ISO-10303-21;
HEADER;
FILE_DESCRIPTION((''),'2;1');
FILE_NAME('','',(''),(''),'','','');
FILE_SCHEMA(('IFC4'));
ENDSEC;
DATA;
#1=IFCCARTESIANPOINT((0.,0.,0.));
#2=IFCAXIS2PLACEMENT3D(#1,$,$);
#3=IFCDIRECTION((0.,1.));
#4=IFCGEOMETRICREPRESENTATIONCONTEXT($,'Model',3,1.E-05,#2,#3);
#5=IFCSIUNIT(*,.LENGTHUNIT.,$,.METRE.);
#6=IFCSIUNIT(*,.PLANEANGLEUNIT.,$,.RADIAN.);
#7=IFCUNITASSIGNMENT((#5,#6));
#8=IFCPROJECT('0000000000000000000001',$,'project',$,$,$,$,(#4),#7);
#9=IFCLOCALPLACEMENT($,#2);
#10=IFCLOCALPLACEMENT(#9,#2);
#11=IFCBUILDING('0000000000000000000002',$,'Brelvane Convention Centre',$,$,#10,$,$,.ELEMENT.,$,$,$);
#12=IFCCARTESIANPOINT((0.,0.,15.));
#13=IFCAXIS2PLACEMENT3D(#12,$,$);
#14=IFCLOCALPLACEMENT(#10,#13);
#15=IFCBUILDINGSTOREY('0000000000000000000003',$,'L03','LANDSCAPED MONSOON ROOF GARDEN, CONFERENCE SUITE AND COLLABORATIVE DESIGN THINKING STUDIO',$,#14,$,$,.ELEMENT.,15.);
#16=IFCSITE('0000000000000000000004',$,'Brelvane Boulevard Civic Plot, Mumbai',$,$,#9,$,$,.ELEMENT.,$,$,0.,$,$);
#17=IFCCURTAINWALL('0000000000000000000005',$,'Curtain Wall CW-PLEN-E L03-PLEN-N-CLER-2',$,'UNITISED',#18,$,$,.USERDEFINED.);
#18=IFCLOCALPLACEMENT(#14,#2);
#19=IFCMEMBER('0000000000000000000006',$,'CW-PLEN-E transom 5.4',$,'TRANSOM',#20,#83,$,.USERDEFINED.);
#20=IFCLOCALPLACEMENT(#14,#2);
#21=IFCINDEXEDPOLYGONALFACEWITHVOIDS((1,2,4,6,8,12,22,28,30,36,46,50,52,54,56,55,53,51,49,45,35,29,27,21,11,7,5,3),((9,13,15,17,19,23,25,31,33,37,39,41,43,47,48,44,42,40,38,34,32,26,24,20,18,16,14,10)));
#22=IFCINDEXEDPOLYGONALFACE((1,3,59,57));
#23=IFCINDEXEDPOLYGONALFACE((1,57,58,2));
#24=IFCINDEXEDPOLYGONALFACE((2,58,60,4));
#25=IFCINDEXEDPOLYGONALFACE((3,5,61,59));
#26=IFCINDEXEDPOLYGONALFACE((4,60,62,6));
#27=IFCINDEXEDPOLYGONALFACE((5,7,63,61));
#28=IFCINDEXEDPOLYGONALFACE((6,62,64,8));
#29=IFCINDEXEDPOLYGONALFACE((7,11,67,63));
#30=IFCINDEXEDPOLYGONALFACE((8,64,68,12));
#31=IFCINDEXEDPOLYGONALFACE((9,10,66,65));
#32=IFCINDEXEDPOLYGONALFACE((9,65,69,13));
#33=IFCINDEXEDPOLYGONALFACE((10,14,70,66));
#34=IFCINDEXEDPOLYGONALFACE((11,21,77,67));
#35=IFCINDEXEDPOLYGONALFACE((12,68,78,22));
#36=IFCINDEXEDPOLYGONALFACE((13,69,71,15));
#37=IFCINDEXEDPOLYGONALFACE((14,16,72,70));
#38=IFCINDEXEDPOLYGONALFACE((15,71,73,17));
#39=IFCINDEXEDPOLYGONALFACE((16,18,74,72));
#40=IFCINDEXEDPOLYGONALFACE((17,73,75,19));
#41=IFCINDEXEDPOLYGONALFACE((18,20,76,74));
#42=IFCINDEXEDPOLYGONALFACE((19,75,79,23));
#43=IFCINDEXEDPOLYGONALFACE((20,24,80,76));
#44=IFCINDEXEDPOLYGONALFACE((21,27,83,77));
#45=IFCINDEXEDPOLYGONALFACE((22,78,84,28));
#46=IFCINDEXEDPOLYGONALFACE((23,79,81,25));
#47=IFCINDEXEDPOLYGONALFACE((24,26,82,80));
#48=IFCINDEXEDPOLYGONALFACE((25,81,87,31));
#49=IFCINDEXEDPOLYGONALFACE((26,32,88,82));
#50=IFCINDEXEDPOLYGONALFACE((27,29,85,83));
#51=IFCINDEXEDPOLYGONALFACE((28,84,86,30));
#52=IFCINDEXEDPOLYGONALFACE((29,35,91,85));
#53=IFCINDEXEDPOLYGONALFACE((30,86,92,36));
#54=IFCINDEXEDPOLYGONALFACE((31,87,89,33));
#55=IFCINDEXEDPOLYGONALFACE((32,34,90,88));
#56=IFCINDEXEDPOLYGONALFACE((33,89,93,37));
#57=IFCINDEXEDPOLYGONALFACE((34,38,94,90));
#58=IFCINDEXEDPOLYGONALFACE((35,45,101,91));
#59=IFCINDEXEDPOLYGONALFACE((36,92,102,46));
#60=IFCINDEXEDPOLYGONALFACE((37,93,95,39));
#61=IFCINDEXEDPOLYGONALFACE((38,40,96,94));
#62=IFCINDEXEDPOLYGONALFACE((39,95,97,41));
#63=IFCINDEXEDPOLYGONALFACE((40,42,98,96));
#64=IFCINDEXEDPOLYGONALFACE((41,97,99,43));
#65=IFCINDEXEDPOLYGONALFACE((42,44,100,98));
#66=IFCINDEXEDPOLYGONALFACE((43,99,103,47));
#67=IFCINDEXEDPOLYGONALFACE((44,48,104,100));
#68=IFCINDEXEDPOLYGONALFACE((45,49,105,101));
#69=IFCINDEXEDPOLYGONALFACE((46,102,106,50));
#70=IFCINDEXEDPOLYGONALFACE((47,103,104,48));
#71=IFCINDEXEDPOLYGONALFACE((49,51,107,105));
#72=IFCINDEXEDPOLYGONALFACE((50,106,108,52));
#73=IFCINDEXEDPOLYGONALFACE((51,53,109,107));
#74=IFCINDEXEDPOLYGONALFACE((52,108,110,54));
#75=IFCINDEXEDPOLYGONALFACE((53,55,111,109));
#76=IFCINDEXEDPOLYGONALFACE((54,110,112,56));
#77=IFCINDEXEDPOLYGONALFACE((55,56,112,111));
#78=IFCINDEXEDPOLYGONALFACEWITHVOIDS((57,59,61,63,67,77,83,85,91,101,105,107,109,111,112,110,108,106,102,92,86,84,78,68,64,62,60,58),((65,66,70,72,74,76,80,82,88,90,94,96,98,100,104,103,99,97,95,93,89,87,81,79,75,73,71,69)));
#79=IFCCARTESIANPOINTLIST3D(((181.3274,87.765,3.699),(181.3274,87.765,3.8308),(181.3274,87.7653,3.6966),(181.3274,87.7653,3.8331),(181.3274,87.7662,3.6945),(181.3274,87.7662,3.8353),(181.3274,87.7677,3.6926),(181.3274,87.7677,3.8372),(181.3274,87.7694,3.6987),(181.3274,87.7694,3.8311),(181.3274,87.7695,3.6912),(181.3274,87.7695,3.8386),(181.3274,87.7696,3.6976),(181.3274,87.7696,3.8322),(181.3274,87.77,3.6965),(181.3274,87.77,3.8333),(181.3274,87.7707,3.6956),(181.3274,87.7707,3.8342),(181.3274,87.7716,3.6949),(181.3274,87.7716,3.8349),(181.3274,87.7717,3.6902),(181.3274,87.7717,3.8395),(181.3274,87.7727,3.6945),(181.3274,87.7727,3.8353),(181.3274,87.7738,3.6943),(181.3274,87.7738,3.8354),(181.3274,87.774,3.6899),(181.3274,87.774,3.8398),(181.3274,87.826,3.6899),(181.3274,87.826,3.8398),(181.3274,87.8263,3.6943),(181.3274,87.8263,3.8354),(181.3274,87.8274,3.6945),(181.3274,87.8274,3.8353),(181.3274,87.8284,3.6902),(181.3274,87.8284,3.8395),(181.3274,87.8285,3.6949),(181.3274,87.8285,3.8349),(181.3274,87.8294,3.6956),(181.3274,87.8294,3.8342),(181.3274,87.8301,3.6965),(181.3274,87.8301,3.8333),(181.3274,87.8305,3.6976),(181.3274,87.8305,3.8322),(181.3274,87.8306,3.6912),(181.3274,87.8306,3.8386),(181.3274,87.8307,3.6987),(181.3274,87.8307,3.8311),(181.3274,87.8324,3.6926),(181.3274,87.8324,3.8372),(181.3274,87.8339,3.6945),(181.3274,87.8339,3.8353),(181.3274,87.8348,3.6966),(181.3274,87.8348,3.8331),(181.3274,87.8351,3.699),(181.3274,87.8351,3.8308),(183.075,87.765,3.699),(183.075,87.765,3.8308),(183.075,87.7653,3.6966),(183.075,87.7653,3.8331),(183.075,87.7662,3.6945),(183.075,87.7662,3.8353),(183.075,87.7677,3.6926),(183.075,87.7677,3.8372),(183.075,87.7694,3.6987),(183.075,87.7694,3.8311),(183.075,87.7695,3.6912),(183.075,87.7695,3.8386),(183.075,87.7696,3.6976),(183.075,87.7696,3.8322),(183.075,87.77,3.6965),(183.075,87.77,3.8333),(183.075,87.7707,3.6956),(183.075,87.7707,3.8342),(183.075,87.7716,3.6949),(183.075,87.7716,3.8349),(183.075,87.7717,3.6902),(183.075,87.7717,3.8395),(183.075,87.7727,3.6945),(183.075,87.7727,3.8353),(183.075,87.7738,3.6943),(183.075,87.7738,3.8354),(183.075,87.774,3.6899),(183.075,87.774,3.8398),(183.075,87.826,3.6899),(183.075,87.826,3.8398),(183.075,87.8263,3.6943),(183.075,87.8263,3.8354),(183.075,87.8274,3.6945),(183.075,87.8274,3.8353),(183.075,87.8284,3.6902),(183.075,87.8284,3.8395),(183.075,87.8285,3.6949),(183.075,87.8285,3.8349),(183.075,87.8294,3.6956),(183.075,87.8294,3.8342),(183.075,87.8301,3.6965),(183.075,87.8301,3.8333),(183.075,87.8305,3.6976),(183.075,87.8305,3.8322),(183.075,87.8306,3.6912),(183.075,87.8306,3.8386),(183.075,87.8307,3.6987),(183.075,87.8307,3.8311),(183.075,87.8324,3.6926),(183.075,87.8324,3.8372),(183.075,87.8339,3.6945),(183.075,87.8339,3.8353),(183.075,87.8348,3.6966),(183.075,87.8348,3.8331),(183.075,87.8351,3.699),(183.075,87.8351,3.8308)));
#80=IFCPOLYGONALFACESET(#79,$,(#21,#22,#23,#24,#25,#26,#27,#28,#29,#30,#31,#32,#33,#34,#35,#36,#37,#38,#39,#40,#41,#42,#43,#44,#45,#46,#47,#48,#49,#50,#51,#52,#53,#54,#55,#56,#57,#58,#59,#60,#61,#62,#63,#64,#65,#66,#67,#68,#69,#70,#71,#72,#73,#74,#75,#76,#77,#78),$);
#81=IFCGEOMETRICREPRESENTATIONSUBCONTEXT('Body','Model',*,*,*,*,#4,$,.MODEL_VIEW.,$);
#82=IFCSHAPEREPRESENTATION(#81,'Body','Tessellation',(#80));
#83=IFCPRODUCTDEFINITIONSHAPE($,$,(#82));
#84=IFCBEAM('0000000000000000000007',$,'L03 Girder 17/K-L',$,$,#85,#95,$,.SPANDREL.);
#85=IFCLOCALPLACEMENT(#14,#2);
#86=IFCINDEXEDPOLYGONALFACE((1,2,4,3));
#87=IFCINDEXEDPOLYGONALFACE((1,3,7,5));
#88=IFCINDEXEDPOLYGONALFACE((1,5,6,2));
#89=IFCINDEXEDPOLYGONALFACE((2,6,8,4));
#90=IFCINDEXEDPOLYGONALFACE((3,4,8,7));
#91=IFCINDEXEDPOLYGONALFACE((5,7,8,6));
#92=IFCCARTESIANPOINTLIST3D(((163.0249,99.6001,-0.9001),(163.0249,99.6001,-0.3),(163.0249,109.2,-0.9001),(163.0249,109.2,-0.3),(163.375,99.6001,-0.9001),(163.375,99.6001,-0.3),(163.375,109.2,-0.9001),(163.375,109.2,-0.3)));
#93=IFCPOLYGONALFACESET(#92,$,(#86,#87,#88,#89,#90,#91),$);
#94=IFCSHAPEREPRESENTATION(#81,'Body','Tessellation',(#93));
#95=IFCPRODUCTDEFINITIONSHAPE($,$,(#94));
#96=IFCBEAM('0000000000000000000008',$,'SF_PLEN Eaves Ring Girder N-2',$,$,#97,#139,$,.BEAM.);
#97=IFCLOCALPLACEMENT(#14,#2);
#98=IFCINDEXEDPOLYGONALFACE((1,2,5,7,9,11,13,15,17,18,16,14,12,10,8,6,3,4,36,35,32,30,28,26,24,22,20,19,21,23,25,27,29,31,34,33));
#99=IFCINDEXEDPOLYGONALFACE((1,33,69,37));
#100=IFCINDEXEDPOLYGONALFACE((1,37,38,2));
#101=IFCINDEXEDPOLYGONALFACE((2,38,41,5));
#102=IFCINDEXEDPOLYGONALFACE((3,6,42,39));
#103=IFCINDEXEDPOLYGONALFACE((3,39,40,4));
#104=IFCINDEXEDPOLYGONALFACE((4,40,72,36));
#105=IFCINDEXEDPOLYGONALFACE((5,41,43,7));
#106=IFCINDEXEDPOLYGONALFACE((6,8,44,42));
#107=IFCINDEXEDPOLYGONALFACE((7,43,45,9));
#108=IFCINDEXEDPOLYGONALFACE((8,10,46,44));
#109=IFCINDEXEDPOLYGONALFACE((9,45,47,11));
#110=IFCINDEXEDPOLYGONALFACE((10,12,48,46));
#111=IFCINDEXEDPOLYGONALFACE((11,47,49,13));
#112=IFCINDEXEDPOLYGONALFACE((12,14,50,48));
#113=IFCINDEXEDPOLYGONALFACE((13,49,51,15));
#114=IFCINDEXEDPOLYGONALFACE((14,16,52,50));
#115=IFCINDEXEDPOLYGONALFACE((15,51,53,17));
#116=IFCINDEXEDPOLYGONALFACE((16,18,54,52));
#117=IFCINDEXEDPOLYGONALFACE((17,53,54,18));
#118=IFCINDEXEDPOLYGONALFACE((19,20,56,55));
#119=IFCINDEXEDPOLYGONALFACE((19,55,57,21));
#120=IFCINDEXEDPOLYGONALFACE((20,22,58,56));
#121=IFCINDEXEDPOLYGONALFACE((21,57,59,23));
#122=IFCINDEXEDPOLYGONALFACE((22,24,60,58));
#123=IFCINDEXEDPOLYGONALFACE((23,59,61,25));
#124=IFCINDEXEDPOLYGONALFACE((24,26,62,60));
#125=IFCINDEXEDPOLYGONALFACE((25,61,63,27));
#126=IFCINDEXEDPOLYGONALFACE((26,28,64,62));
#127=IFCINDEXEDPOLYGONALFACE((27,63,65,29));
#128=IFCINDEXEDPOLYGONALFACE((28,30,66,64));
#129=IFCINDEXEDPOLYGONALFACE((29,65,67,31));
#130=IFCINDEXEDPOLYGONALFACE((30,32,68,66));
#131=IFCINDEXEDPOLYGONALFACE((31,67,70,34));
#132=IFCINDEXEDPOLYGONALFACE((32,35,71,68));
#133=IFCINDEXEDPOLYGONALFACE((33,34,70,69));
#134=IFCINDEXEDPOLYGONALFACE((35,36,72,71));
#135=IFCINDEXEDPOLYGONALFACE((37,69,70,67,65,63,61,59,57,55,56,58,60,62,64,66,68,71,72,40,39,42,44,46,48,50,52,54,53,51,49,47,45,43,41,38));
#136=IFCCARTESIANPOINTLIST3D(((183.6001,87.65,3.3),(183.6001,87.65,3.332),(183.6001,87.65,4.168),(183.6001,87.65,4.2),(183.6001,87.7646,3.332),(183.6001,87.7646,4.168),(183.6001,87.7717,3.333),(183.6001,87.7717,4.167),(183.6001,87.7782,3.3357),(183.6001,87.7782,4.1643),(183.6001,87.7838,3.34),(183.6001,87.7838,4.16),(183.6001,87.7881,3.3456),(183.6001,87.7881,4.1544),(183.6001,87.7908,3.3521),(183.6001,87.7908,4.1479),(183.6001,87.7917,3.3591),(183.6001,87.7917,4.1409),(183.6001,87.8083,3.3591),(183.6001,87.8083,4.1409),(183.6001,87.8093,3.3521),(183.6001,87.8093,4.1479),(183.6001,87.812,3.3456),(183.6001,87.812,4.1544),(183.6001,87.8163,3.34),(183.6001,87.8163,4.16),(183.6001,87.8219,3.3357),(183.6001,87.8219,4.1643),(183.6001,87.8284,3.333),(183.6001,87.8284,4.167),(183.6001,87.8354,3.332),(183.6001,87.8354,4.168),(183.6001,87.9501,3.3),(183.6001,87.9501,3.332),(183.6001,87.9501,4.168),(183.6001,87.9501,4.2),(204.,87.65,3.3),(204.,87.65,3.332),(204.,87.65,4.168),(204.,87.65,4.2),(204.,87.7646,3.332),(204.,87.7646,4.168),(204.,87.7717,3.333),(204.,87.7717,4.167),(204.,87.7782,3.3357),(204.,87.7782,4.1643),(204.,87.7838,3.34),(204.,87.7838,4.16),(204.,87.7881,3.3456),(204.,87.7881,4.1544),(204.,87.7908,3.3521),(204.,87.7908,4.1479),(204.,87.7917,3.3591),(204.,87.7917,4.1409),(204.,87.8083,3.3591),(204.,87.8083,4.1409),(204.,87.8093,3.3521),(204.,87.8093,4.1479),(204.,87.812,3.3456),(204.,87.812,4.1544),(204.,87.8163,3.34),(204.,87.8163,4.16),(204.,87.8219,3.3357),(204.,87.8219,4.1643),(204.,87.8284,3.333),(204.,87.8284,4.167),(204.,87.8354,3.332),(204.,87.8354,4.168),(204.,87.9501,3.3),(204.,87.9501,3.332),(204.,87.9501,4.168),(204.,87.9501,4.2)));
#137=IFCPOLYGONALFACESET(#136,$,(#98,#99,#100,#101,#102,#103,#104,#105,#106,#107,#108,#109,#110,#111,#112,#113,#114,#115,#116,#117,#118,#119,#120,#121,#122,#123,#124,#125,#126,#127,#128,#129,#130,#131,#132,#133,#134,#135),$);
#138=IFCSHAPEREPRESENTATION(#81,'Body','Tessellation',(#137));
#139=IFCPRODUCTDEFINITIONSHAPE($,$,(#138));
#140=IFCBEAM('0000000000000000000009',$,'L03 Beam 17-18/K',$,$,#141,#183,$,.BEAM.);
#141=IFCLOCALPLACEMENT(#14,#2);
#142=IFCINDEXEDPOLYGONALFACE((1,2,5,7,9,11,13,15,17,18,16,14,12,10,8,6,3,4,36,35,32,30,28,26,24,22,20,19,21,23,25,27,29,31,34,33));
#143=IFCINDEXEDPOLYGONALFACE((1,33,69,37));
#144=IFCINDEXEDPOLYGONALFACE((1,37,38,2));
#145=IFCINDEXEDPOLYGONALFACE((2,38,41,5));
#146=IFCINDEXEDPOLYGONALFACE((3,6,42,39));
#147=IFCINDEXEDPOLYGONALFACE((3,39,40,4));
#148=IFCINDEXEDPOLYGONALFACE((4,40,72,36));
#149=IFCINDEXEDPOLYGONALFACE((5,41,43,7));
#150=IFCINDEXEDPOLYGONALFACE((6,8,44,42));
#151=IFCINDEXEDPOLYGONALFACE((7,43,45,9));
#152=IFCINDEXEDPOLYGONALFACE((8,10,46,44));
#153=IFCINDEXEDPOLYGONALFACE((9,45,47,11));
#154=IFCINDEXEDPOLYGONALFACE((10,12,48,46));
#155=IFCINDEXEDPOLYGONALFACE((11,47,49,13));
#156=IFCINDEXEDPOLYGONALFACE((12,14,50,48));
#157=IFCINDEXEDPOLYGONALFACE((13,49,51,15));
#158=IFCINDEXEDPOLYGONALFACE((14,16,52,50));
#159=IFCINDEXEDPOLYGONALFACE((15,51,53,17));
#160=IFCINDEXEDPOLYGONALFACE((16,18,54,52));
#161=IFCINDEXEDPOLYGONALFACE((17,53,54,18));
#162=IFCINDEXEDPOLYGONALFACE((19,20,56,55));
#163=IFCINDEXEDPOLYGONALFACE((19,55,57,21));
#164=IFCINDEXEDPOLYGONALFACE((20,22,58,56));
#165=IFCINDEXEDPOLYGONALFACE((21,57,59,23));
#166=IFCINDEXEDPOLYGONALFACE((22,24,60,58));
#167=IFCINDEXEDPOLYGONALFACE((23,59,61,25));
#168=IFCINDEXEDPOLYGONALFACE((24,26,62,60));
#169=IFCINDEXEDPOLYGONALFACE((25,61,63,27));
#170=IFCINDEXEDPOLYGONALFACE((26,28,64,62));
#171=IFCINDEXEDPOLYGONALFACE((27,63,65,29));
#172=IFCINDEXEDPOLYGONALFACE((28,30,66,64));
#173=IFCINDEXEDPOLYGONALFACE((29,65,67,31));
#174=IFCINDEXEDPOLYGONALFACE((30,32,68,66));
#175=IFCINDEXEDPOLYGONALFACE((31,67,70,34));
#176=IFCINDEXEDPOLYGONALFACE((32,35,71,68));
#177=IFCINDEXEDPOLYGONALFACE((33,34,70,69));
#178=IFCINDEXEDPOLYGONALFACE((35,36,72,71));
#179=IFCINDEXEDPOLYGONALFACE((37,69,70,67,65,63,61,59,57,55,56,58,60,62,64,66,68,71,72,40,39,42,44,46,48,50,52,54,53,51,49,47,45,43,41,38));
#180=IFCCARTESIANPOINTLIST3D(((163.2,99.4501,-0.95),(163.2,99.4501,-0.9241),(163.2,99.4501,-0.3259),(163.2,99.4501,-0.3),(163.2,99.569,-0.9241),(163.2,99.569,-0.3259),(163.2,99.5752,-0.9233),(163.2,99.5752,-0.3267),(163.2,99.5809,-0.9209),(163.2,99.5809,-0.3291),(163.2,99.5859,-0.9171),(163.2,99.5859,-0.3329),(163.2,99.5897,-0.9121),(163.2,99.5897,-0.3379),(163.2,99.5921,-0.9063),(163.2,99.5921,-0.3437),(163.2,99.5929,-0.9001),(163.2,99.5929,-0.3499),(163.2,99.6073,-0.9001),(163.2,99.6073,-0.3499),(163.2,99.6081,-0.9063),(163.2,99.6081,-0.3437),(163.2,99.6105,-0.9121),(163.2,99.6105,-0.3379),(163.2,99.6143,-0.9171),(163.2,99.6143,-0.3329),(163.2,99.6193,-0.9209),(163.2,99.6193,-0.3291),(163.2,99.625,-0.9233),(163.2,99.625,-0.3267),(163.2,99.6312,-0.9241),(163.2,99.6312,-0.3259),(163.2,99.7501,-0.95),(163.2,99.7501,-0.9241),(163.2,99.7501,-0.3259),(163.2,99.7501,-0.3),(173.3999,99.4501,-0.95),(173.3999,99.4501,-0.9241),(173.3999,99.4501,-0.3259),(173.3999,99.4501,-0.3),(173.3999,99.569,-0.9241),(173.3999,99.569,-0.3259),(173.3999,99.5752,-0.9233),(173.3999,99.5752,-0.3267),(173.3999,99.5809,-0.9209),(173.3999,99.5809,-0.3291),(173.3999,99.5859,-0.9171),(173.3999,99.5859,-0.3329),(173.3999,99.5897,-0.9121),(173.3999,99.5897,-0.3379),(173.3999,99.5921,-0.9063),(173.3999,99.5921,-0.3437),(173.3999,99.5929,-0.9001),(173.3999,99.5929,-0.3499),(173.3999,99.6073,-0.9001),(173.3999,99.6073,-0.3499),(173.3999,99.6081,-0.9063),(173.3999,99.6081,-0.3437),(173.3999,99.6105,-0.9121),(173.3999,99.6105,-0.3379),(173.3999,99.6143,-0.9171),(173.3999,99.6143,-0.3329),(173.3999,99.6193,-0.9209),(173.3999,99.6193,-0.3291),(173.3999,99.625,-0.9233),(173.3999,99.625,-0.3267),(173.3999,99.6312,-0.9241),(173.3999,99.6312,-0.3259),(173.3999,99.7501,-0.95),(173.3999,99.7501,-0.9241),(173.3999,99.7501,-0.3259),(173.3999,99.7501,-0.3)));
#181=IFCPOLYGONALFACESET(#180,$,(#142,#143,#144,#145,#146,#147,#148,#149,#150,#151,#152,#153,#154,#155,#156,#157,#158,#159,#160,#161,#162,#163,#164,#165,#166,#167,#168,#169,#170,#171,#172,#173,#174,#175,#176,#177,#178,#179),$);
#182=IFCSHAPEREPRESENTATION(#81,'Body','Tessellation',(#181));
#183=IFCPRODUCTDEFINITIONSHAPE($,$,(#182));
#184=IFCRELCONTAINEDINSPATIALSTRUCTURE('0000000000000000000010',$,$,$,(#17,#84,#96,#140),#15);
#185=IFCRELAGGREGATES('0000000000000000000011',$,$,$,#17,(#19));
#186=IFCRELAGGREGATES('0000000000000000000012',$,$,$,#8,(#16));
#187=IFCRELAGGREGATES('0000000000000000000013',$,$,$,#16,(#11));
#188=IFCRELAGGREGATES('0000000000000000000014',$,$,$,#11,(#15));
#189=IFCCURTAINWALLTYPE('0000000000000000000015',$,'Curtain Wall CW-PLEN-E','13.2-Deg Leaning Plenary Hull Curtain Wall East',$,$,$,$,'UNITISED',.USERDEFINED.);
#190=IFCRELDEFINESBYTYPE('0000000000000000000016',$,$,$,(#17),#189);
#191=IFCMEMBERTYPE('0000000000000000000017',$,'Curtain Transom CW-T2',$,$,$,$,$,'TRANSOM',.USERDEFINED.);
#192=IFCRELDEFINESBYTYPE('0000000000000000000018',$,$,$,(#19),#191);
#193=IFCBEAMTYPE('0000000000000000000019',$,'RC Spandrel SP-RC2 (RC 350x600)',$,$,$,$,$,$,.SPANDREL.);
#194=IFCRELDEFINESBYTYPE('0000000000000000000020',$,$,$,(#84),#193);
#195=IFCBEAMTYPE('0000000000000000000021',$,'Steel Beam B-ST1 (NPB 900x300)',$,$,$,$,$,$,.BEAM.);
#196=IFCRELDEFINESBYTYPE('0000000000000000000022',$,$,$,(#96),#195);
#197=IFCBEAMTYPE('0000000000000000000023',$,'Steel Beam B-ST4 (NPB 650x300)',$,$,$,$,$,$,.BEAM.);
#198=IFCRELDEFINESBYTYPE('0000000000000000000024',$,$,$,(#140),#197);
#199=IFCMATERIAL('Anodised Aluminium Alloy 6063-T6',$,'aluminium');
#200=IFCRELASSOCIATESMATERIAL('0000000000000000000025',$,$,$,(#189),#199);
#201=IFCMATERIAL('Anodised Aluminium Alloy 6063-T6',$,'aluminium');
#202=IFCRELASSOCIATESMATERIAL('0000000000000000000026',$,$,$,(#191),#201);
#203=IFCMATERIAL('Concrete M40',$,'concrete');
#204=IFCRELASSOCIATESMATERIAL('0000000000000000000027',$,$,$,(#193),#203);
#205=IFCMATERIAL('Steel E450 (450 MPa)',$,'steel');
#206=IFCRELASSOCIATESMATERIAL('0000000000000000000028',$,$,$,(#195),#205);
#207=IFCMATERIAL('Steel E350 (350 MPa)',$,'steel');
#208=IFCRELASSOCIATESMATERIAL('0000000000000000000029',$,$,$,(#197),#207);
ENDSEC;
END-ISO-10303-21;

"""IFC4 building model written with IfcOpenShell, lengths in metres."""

from ifc_helpers import new_model, si_unit, direction, frame, origin, origin_2d, place, context, subcontext, project, spatial, rectangle, hollow_rectangle, i_section, extrude, material, material_profile, profile_set, type_object, element, aggregate, save


model = new_model("IFC4")

# Units and contexts
model_context = context("Model", 3, precision=1e-05, world=origin(), true_north=direction((0.0, 1.0)))
body_context = subcontext(model_context, "Body", "Model", "MODEL_VIEW")
ifc_project = project(units=[si_unit("LENGTHUNIT", "METRE"), si_unit("PLANEANGLEUNIT", "RADIAN")], contexts=[model_context])

# Site, building, storey
site_placement = place(None, origin())
site = spatial("IfcSite", under=ifc_project, at=site_placement, Name="Brelvane Boulevard Civic Plot, Mumbai", CompositionType="ELEMENT", RefElevation=0.0)
building_placement = place(site_placement, origin())
building = spatial("IfcBuilding", under=site, at=building_placement, Name="Brelvane Convention Centre", CompositionType="ELEMENT")
storey_placement = place(building_placement, frame((0.0, 0.0, 15.0)))
storey = spatial("IfcBuildingStorey", under=building, at=storey_placement, Name="L03", Description="LANDSCAPED MONSOON ROOF GARDEN, CONFERENCE SUITE AND COLLABORATIVE DESIGN THINKING STUDIO", CompositionType="ELEMENT", Elevation=15.0)

# Curtain wall, member
ifc_material_1 = material(Name="Anodised Aluminium Alloy 6063-T6", Category="aluminium")
curtain_wall_type = type_object("IfcCurtainWallType", Name="Curtain Wall CW-PLEN-E", Description="13.2-Deg Leaning Plenary Hull Curtain Wall East", ElementType="UNITISED", PredefinedType="USERDEFINED", material=ifc_material_1)
curtain_wall_placement = place(storey_placement, origin())
curtain_wall = element("IfcCurtainWall", 1, at=curtain_wall_placement, inside=storey, type_object=curtain_wall_type, Name="Curtain Wall CW-PLEN-E L03-PLEN-N-CLER-2", ObjectType="UNITISED", PredefinedType="USERDEFINED")
ifc_material_2 = material(Name="Anodised Aluminium Alloy 6063-T6", Category="aluminium")
ifc_material_profile_1 = material_profile(ifc_material_2, hollow_rectangle(XDim=0.0701, YDim=0.1499, WallThickness=0.0044, InnerFilletRadius=0.0044, OuterFilletRadius=0.009, at=origin_2d()), Name="ALU-T 150x70x4.5")
ifc_profile_set_1 = profile_set([ifc_material_profile_1], Name="Anodised Aluminium Alloy 6063-T6")
member_type_1 = type_object("IfcMemberType", Name="Curtain Transom CW-T2", ElementType="TRANSOM", PredefinedType="USERDEFINED", material=ifc_profile_set_1)
member_1_placement = place(storey_placement, frame((181.3274, 87.8, 3.7649), z_axis=(1.0, 0.0, 0.0), x_axis=(0.0, 1.0, 0.0)))
member_1 = element("IfcMember", 2, at=member_1_placement, type_object=member_type_1, Name="CW-PLEN-E transom 5.4", ObjectType="TRANSOM", PredefinedType="USERDEFINED", context=body_context, shape_type="SweptSolid", body=[
    extrude(hollow_rectangle(XDim=0.0701, YDim=0.1499, WallThickness=0.0044, InnerFilletRadius=0.0044, OuterFilletRadius=0.009, at=origin_2d()), origin(), (0.0, 0.0, 1.0), 1.7476),
])

# Beams
ifc_material_3 = material(Name="Concrete M40", Category="concrete")
ifc_material_profile_2 = material_profile(ifc_material_3, rectangle(XDim=0.3501, YDim=0.6001, at=origin_2d()), Name="RC 350x600")
ifc_profile_set_2 = profile_set([ifc_material_profile_2], Name="Concrete M40")
beam_type_1 = type_object("IfcBeamType", Name="RC Spandrel SP-RC2 (RC 350x600)", PredefinedType="SPANDREL", material=ifc_profile_set_2)
beam_1_placement = place(storey_placement, frame((163.2, 99.6001, -0.6001), z_axis=(0.0, 1.0, 0.0), x_axis=(-1.0, 0.0, 0.0)))
element("IfcBeam", 3, at=beam_1_placement, inside=storey, type_object=beam_type_1, Name="L03 Girder 17/K-L", PredefinedType="SPANDREL", context=body_context, shape_type="SweptSolid", body=[
    extrude(rectangle(XDim=0.3501, YDim=0.6001, at=origin_2d()), origin(), (0.0, 0.0, 1.0), 9.5999),
])
ifc_material_4 = material(Name="Steel E450 (450 MPa)", Category="steel")
ifc_material_profile_3 = material_profile(ifc_material_4, i_section(OverallWidth=0.3, OverallDepth=0.8999, WebThickness=0.0166, FlangeThickness=0.032, FilletRadius=0.0271, at=origin_2d()), Name="NPB 900x300")
ifc_profile_set_3 = profile_set([ifc_material_profile_3], Name="Steel E450 (450 MPa)")
beam_type_2 = type_object("IfcBeamType", Name="Steel Beam B-ST1 (NPB 900x300)", PredefinedType="BEAM", material=ifc_profile_set_3)
beam_2_placement = place(storey_placement, frame((183.6001, 87.8, 3.75), z_axis=(1.0, 0.0, 0.0), x_axis=(0.0, 1.0, 0.0)))
element("IfcBeam", 4, at=beam_2_placement, inside=storey, type_object=beam_type_2, Name="SF_PLEN Eaves Ring Girder N-2", PredefinedType="BEAM", context=body_context, shape_type="SweptSolid", body=[
    extrude(i_section(OverallWidth=0.3, OverallDepth=0.8999, WebThickness=0.0166, FlangeThickness=0.032, FilletRadius=0.0271, at=origin_2d()), origin(), (0.0, 0.0, 1.0), 20.3999),
])
ifc_material_5 = material(Name="Steel E350 (350 MPa)", Category="steel")
ifc_material_profile_4 = material_profile(ifc_material_5, i_section(OverallWidth=0.3, OverallDepth=0.6499, WebThickness=0.0144, FlangeThickness=0.0259, FilletRadius=0.0239, at=origin_2d()), Name="NPB 650x300")
ifc_profile_set_4 = profile_set([ifc_material_profile_4], Name="Steel E350 (350 MPa)")
beam_type_3 = type_object("IfcBeamType", Name="Steel Beam B-ST4 (NPB 650x300)", PredefinedType="BEAM", material=ifc_profile_set_4)
beam_3_placement = place(storey_placement, frame((163.2, 99.6001, -0.625), z_axis=(1.0, 0.0, 0.0), x_axis=(0.0, 1.0, 0.0)))
element("IfcBeam", 5, at=beam_3_placement, inside=storey, type_object=beam_type_3, Name="L03 Beam 17-18/K", PredefinedType="BEAM", context=body_context, shape_type="SweptSolid", body=[
    extrude(i_section(OverallWidth=0.3, OverallDepth=0.6499, WebThickness=0.0144, FlangeThickness=0.0259, FilletRadius=0.0239, at=origin_2d()), origin(), (0.0, 0.0, 1.0), 10.2),
])

aggregate(curtain_wall, [member_1])

save(model, "model.ifc")
